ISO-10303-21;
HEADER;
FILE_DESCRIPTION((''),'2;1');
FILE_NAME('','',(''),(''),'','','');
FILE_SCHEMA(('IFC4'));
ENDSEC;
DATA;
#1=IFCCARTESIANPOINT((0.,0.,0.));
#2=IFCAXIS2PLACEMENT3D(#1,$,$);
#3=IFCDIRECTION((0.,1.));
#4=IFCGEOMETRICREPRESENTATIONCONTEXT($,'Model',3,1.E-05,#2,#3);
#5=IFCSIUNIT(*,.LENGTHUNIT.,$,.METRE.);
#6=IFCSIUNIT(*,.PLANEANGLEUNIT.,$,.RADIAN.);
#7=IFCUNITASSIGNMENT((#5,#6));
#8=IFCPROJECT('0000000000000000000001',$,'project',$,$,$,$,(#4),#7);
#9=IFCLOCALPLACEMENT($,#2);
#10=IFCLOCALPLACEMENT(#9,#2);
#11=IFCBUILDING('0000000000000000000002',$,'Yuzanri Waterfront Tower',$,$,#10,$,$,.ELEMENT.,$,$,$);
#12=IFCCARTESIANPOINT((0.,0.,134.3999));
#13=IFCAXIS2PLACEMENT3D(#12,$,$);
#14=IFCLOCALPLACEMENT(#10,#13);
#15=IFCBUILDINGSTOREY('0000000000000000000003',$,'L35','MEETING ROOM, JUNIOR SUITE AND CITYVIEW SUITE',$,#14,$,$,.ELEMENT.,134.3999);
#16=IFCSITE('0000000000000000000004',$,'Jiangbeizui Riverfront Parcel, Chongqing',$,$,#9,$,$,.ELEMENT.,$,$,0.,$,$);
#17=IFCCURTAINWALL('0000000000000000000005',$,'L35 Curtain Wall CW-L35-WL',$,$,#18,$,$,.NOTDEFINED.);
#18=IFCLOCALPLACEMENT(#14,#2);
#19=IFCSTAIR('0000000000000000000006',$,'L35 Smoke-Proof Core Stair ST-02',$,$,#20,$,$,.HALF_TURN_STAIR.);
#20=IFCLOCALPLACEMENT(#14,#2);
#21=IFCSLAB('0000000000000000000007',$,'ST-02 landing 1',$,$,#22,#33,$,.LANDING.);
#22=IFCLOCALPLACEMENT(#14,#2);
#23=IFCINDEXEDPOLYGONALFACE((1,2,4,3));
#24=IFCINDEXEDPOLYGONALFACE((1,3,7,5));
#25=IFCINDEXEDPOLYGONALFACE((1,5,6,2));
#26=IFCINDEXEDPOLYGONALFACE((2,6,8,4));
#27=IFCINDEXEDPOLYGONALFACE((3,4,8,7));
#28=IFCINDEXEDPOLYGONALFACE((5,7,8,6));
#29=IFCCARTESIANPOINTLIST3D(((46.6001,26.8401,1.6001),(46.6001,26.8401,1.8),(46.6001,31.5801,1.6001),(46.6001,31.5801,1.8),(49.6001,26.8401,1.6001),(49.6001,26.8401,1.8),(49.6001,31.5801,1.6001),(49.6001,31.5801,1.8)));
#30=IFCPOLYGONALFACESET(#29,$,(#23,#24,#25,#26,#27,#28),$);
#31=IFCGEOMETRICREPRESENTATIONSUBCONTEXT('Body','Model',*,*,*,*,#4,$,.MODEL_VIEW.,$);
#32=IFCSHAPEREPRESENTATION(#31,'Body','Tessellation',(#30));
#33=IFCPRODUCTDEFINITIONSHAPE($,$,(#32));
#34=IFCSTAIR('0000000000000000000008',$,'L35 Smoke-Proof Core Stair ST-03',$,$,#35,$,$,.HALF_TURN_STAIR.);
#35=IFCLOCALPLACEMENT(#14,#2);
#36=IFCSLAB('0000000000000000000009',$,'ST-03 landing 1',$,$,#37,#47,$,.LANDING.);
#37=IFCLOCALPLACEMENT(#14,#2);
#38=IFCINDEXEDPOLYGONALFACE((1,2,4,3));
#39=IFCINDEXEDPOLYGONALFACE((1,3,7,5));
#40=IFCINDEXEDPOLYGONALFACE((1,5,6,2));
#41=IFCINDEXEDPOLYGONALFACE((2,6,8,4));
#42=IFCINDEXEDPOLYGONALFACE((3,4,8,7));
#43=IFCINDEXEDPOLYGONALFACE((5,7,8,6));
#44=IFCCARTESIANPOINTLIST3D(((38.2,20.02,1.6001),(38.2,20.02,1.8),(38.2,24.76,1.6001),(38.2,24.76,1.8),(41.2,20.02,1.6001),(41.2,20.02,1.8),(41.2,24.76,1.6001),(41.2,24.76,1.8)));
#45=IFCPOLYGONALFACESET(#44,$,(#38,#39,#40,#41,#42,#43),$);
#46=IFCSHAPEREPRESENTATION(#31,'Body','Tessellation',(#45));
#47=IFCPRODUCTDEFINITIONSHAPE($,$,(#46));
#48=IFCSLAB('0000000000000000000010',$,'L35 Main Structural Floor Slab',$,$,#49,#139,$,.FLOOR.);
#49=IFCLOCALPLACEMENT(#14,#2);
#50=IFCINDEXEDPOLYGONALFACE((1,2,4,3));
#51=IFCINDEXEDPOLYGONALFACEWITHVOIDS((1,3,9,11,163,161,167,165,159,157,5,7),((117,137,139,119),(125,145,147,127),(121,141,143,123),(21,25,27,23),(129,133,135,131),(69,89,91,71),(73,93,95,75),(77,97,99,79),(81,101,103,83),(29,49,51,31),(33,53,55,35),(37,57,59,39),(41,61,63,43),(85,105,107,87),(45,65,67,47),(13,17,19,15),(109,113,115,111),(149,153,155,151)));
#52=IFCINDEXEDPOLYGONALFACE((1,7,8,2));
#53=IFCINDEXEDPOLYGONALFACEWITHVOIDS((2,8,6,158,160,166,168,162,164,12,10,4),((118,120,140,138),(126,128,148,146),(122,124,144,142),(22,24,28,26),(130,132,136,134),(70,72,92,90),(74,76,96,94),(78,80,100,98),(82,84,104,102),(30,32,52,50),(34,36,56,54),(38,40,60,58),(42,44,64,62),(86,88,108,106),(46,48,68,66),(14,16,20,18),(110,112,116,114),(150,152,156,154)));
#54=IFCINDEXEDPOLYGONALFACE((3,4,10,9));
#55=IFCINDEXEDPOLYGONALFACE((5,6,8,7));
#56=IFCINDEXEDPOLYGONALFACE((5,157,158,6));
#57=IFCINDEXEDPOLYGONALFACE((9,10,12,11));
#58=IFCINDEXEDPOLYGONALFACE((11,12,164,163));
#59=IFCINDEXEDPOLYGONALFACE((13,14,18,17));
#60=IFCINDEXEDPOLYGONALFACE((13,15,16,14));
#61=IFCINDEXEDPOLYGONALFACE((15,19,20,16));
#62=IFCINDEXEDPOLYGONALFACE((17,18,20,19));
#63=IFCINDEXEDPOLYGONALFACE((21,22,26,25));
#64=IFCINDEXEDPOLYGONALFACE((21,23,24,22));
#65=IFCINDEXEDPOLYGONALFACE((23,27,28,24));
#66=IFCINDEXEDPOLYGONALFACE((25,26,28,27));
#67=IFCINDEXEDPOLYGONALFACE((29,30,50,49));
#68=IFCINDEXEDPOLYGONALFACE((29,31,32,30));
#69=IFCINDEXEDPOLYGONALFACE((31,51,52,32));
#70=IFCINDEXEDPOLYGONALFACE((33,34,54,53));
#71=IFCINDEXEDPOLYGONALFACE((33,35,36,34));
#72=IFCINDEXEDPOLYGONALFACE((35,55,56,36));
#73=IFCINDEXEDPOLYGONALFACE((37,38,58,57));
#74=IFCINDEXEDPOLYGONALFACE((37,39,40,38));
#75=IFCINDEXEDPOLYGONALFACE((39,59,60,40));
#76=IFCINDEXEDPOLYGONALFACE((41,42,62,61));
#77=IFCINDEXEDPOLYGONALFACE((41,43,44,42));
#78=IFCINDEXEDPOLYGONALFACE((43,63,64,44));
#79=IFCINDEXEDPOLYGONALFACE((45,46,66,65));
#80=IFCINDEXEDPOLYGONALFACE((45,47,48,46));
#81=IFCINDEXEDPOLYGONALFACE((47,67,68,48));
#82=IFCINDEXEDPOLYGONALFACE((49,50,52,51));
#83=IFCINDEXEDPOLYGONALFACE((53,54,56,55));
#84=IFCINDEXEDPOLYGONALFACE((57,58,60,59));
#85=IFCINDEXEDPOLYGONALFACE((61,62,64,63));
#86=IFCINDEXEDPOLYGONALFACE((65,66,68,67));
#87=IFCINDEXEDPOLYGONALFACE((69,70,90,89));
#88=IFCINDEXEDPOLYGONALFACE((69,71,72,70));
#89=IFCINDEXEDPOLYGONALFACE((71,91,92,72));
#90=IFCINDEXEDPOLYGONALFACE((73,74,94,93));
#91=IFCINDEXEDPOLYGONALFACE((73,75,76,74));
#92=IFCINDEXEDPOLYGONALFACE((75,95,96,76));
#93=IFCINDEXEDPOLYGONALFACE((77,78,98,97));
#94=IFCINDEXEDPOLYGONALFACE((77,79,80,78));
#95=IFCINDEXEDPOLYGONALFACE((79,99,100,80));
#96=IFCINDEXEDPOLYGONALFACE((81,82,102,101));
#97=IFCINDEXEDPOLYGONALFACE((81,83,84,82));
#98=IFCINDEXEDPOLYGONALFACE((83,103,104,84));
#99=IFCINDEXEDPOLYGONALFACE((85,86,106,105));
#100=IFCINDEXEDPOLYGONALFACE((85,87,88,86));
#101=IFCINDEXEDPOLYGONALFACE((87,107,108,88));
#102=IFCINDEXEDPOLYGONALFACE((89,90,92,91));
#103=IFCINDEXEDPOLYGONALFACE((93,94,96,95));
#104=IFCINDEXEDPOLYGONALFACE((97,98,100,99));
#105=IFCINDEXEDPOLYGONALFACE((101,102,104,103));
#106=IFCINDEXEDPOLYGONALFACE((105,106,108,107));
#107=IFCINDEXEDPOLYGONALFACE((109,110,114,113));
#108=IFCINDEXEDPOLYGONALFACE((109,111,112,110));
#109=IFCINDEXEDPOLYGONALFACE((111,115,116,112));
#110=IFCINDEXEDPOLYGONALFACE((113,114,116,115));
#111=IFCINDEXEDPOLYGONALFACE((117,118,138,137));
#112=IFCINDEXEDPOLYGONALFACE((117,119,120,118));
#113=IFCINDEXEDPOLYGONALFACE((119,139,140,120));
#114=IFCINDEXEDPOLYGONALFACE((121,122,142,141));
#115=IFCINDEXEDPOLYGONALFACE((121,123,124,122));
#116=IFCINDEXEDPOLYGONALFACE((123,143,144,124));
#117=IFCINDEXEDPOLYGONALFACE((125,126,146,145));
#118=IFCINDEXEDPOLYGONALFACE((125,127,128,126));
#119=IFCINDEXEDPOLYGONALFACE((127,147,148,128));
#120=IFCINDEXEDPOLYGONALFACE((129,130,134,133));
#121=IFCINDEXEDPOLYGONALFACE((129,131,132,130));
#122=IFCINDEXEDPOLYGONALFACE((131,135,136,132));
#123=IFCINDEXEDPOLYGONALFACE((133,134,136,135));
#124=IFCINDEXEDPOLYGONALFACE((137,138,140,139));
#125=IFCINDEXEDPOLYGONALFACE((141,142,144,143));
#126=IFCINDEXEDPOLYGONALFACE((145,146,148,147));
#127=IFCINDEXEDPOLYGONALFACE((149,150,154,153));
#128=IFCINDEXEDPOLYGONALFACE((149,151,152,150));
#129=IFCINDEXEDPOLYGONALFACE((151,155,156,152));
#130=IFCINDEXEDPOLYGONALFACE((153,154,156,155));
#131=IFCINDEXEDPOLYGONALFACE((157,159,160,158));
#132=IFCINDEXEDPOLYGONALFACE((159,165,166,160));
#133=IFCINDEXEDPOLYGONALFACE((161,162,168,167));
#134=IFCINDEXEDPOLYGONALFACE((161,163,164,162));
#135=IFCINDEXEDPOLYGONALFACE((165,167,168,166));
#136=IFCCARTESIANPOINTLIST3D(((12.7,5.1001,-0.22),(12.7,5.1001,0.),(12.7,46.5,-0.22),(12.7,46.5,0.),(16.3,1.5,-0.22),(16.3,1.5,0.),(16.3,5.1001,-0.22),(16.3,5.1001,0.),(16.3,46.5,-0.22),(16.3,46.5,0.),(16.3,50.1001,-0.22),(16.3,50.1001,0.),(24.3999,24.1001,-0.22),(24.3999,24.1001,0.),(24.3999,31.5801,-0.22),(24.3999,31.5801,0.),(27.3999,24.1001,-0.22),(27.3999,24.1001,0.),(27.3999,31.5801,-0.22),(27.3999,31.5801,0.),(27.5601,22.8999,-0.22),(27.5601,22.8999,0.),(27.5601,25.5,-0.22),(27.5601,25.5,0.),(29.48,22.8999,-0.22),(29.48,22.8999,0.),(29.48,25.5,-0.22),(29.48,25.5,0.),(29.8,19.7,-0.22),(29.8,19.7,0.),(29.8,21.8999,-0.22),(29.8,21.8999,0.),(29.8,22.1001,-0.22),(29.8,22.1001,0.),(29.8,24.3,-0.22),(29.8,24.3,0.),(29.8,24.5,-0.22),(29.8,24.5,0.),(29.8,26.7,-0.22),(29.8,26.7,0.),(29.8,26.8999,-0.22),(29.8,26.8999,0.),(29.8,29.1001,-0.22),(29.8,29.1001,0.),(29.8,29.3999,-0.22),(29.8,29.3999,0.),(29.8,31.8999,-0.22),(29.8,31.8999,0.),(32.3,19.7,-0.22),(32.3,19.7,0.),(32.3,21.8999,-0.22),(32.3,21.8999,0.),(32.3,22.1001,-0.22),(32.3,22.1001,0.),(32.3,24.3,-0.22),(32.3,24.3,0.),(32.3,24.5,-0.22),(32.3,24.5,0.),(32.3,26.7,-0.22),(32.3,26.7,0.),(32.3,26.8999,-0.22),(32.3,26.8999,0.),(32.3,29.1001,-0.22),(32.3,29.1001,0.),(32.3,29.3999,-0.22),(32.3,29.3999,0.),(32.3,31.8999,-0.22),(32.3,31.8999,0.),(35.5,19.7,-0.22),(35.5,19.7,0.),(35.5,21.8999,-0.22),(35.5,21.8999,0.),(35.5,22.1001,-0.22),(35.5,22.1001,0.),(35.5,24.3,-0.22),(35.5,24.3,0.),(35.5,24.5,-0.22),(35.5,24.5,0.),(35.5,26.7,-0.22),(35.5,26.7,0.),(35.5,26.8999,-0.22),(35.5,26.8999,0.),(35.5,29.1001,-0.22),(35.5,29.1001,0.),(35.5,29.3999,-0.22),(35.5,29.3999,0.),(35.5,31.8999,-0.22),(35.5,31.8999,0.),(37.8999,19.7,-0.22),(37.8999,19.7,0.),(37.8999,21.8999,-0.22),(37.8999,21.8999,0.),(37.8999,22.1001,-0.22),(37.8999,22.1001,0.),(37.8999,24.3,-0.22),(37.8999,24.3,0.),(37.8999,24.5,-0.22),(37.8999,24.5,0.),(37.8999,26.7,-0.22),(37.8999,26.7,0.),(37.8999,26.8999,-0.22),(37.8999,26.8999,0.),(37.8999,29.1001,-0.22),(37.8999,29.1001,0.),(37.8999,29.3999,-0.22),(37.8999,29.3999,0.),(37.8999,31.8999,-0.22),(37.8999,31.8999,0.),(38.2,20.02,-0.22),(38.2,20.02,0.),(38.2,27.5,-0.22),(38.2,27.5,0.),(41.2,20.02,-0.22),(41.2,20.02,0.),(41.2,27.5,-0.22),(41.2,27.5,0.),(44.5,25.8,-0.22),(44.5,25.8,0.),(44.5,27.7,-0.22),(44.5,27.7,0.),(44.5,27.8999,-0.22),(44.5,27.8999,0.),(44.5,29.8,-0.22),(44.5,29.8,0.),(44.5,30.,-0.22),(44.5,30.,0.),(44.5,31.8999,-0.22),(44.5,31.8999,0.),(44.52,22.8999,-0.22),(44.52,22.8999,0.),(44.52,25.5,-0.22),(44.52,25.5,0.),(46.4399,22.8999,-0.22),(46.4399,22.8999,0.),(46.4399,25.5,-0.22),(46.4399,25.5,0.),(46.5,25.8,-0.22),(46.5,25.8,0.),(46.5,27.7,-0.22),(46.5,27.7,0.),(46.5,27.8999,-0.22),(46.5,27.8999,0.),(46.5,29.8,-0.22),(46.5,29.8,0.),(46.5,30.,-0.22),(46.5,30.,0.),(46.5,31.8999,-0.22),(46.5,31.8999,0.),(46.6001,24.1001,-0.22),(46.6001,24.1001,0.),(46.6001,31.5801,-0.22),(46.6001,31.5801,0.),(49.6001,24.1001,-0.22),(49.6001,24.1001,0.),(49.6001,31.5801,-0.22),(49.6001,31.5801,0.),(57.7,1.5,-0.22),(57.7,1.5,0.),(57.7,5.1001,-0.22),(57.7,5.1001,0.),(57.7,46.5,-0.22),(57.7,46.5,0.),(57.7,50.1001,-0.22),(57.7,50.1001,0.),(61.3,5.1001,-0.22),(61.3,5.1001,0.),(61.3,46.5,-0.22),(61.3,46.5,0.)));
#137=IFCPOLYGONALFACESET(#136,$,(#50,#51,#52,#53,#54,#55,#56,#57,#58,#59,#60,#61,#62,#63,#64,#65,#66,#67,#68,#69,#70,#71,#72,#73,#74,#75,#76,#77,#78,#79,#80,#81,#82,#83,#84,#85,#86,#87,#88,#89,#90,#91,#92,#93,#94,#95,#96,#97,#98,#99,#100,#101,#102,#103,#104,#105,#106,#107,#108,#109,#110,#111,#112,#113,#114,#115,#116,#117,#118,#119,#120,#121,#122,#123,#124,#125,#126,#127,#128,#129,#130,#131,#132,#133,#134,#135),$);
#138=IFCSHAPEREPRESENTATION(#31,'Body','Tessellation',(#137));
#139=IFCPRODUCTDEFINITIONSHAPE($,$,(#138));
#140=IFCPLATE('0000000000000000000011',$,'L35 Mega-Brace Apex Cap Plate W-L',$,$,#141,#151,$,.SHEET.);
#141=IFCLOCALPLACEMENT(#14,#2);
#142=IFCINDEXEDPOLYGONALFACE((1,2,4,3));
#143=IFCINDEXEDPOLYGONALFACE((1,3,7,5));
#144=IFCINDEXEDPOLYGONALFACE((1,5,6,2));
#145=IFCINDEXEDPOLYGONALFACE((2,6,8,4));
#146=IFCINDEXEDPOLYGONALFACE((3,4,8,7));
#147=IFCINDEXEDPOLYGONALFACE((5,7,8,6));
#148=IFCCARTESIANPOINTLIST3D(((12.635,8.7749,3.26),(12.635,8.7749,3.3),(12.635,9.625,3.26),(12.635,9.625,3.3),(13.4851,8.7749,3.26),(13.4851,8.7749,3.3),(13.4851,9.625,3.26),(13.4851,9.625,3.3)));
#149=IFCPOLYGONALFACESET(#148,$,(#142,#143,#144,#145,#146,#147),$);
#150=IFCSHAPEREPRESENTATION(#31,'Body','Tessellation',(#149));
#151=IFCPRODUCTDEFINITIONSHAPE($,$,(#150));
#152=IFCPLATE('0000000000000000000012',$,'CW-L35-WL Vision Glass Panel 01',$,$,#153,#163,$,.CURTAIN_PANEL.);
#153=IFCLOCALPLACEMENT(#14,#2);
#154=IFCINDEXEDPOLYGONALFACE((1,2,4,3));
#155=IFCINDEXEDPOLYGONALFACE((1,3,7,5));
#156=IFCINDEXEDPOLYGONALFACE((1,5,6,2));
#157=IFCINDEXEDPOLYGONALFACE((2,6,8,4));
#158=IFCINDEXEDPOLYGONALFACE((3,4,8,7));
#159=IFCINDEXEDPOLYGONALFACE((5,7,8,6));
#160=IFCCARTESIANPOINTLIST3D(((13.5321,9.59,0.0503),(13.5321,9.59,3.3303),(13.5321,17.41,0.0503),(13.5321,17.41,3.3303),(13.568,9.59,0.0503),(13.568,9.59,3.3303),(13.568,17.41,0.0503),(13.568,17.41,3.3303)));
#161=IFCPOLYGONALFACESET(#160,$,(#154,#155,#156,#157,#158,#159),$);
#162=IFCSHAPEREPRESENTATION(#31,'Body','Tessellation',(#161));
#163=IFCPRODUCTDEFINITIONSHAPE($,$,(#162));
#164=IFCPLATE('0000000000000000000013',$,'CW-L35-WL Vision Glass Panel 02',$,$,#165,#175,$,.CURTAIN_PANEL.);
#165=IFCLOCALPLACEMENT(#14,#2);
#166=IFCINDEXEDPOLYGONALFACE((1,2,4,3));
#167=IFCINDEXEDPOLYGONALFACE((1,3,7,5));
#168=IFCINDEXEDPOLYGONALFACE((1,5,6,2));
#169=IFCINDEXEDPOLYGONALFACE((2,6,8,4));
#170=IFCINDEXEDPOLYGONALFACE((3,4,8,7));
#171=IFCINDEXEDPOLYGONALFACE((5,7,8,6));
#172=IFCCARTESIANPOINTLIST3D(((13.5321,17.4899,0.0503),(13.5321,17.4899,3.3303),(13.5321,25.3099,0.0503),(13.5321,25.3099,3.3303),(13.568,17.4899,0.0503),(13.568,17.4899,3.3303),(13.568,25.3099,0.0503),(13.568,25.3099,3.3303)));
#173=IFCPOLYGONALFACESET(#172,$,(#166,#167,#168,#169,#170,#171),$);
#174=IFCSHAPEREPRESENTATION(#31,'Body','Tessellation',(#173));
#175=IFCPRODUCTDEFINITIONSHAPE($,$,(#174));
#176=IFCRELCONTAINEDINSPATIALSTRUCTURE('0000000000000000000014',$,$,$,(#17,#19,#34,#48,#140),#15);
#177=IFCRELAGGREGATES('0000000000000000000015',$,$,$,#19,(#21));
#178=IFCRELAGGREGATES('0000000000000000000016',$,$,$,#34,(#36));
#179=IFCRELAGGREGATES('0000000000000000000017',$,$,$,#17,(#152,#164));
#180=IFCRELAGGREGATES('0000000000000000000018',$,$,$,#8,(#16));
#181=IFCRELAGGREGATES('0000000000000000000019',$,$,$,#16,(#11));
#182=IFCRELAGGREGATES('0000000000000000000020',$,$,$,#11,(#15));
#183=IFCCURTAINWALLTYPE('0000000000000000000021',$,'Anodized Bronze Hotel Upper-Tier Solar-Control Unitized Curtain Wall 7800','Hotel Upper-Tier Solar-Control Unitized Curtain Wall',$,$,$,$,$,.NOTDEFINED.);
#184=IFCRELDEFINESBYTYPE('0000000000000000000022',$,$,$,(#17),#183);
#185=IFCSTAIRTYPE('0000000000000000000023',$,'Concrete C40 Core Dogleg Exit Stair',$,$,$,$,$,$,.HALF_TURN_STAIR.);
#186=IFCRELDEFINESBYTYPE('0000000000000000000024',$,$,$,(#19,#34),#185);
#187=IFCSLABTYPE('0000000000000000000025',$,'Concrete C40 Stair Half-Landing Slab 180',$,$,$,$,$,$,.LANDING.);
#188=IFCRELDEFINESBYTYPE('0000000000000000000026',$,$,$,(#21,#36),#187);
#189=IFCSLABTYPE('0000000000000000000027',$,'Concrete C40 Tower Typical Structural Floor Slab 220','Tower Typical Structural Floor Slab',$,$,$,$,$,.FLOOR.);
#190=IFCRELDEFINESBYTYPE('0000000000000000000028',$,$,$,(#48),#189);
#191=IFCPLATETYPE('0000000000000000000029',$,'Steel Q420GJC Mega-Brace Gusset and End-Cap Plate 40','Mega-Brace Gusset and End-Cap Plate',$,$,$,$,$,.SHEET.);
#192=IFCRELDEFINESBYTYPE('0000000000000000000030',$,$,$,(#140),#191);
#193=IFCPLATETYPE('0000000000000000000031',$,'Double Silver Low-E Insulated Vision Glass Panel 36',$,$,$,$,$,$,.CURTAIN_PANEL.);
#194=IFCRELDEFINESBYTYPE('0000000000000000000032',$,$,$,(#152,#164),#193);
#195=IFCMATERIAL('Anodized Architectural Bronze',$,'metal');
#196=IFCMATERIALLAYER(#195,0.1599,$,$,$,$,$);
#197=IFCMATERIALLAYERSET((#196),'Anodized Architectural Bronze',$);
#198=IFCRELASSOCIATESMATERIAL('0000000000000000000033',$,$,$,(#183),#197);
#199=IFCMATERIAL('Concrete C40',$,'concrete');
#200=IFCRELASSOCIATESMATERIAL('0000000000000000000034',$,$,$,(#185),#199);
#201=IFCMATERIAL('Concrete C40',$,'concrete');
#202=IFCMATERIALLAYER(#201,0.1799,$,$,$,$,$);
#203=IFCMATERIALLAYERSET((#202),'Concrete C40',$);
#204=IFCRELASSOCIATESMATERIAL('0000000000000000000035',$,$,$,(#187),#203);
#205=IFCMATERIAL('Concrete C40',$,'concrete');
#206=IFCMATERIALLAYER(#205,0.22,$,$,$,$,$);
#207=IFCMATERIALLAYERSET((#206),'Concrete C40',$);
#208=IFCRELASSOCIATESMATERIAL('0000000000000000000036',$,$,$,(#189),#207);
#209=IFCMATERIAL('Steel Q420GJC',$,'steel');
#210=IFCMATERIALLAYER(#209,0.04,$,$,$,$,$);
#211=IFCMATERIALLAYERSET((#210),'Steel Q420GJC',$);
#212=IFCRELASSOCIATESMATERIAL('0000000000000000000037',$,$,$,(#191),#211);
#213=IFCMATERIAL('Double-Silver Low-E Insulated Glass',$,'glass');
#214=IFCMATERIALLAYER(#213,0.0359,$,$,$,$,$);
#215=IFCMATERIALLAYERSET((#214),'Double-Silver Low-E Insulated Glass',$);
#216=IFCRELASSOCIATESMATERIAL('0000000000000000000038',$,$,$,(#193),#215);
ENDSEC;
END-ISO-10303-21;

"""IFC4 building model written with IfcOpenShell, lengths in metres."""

from ifc_helpers import new_model, si_unit, direction, frame, origin, origin_2d, place, context, subcontext, project, spatial, polyline, rectangle, outline, extrude, source, transform, mapped, material, layer, layer_set, type_object, element, aggregate, save


model = new_model("IFC4")

# Units and contexts
model_context = context("Model", 3, precision=1e-05, world=origin(), true_north=direction((0.0, 1.0)))
body_context = subcontext(model_context, "Body", "Model", "MODEL_VIEW")
ifc_project = project(units=[si_unit("LENGTHUNIT", "METRE"), si_unit("PLANEANGLEUNIT", "RADIAN")], contexts=[model_context])

# Site, building, storey
site_placement = place(None, origin())
site = spatial("IfcSite", under=ifc_project, at=site_placement, Name="Jiangbeizui Riverfront Parcel, Chongqing", CompositionType="ELEMENT", RefElevation=0.0)
building_placement = place(site_placement, origin())
building = spatial("IfcBuilding", under=site, at=building_placement, Name="Yuzanri Waterfront Tower", CompositionType="ELEMENT")
storey_placement = place(building_placement, frame((0.0, 0.0, 134.3999)))
storey = spatial("IfcBuildingStorey", under=building, at=storey_placement, Name="L35", Description="MEETING ROOM, JUNIOR SUITE AND CITYVIEW SUITE", CompositionType="ELEMENT", Elevation=134.3999)

# Curtain wall
ifc_material_1 = material(Name="Anodized Architectural Bronze", Category="metal")
ifc_layer_1 = layer(ifc_material_1, 0.1599)
ifc_layer_set_1 = layer_set([ifc_layer_1], Name="Anodized Architectural Bronze")
curtain_wall_type = type_object("IfcCurtainWallType", Name="Anodized Bronze Hotel Upper-Tier Solar-Control Unitized Curtain Wall 7800", Description="Hotel Upper-Tier Solar-Control Unitized Curtain Wall", PredefinedType="NOTDEFINED", material=ifc_layer_set_1)
curtain_wall_placement = place(storey_placement, origin())
curtain_wall = element("IfcCurtainWall", 1, at=curtain_wall_placement, inside=storey, type_object=curtain_wall_type, Name="L35 Curtain Wall CW-L35-WL", PredefinedType="NOTDEFINED")

# Stairs, slabs
ifc_material_2 = material(Name="Concrete C40", Category="concrete")
stair_type = type_object("IfcStairType", Name="Concrete C40 Core Dogleg Exit Stair", PredefinedType="HALF_TURN_STAIR", material=ifc_material_2)
ifc_material_3 = material(Name="Concrete C40", Category="concrete")
ifc_layer_2 = layer(ifc_material_3, 0.1799)
ifc_layer_set_2 = layer_set([ifc_layer_2], Name="Concrete C40")
slab_type_1 = type_object("IfcSlabType", Name="Concrete C40 Stair Half-Landing Slab 180", PredefinedType="LANDING", material=ifc_layer_set_2)
stair_1_placement = place(storey_placement, origin())
stair_1 = element("IfcStair", 2, at=stair_1_placement, inside=storey, type_object=stair_type, Name="L35 Smoke-Proof Core Stair ST-02", PredefinedType="HALF_TURN_STAIR")
slab_1_placement = place(storey_placement, frame((0.0, 0.0, 1.6001)))
slab_1 = element("IfcSlab", 3, at=slab_1_placement, type_object=slab_type_1, Name="ST-02 landing 1", PredefinedType="LANDING", context=body_context, shape_type="SweptSolid", body=[
    extrude(outline(polyline([(49.6001, 26.8401), (49.6001, 31.5801), (46.6001, 31.5801), (46.6001, 26.8401), (49.6001, 26.8401)])), origin(), (0.0, 0.0, 1.0), 0.2),
])
aggregate(stair_1, [slab_1])
stair_2_placement = place(storey_placement, origin())
stair_2 = element("IfcStair", 4, at=stair_2_placement, inside=storey, type_object=stair_type, Name="L35 Smoke-Proof Core Stair ST-03", PredefinedType="HALF_TURN_STAIR")
slab_2_placement = place(storey_placement, frame((0.0, 0.0, 1.6001)))
slab_2 = element("IfcSlab", 5, at=slab_2_placement, type_object=slab_type_1, Name="ST-03 landing 1", PredefinedType="LANDING", context=body_context, shape_type="SweptSolid", body=[
    extrude(outline(polyline([(38.2, 24.76), (38.2, 20.02), (41.2, 20.02), (41.2, 24.76), (38.2, 24.76)])), origin(), (0.0, 0.0, 1.0), 0.2),
])
aggregate(stair_2, [slab_2])

# Slab
ifc_material_4 = material(Name="Concrete C40", Category="concrete")
ifc_layer_3 = layer(ifc_material_4, 0.22)
ifc_layer_set_3 = layer_set([ifc_layer_3], Name="Concrete C40")
slab_type_2 = type_object("IfcSlabType", Name="Concrete C40 Tower Typical Structural Floor Slab 220", Description="Tower Typical Structural Floor Slab", PredefinedType="FLOOR", material=ifc_layer_set_3)
slab_3_placement = place(storey_placement, frame((0.0, 0.0, -0.22)))
element("IfcSlab", 6, at=slab_3_placement, inside=storey, type_object=slab_type_2, Name="L35 Main Structural Floor Slab", PredefinedType="FLOOR", context=body_context, shape_type="SweptSolid", body=[
    extrude(outline(polyline([(16.3, 1.5), (57.7, 1.5), (57.7, 5.1001), (61.3, 5.1001), (61.3, 46.5), (57.7, 46.5), (57.7, 50.1001), (16.3, 50.1001), (16.3, 46.5), (12.7, 46.5), (12.7, 5.1001), (16.3, 5.1001), (16.3, 1.5)]), holes=[polyline([(27.3999, 24.1001), (27.3999, 31.5801), (24.3999, 31.5801), (24.3999, 24.1001), (27.3999, 24.1001)]), polyline([(49.6001, 24.1001), (49.6001, 31.5801), (46.6001, 31.5801), (46.6001, 24.1001), (49.6001, 24.1001)]), polyline([(38.2, 27.5), (38.2, 20.02), (41.2, 20.02), (41.2, 27.5), (38.2, 27.5)]), polyline([(27.5601, 22.8999), (29.48, 22.8999), (29.48, 25.5), (27.5601, 25.5), (27.5601, 22.8999)]), polyline([(44.52, 22.8999), (46.4399, 22.8999), (46.4399, 25.5), (44.52, 25.5), (44.52, 22.8999)]), polyline([(29.8, 19.7), (32.3, 19.7), (32.3, 21.8999), (29.8, 21.8999), (29.8, 19.7)]), polyline([(29.8, 22.1001), (32.3, 22.1001), (32.3, 24.3), (29.8, 24.3), (29.8, 22.1001)]), polyline([(29.8, 24.5), (32.3, 24.5), (32.3, 26.7), (29.8, 26.7), (29.8, 24.5)]), polyline([(29.8, 26.8999), (32.3, 26.8999), (32.3, 29.1001), (29.8, 29.1001), (29.8, 26.8999)]), polyline([(29.8, 29.3999), (32.3, 29.3999), (32.3, 31.8999), (29.8, 31.8999), (29.8, 29.3999)]), polyline([(35.5, 19.7), (37.8999, 19.7), (37.8999, 21.8999), (35.5, 21.8999), (35.5, 19.7)]), polyline([(35.5, 22.1001), (37.8999, 22.1001), (37.8999, 24.3), (35.5, 24.3), (35.5, 22.1001)]), polyline([(35.5, 24.5), (37.8999, 24.5), (37.8999, 26.7), (35.5, 26.7), (35.5, 24.5)]), polyline([(35.5, 26.8999), (37.8999, 26.8999), (37.8999, 29.1001), (35.5, 29.1001), (35.5, 26.8999)]), polyline([(35.5, 29.3999), (37.8999, 29.3999), (37.8999, 31.8999), (35.5, 31.8999), (35.5, 29.3999)]), polyline([(44.5, 25.8), (46.5, 25.8), (46.5, 27.7), (44.5, 27.7), (44.5, 25.8)]), polyline([(44.5, 27.8999), (46.5, 27.8999), (46.5, 29.8), (44.5, 29.8), (44.5, 27.8999)]), polyline([(44.5, 30.0), (46.5, 30.0), (46.5, 31.8999), (44.5, 31.8999), (44.5, 30.0)])]), origin(), (0.0, 0.0, 1.0), 0.22),
])

# Plates
ifc_material_5 = material(Name="Steel Q420GJC", Category="steel")
ifc_layer_4 = layer(ifc_material_5, 0.04)
ifc_layer_set_4 = layer_set([ifc_layer_4], Name="Steel Q420GJC")
plate_type_1 = type_object("IfcPlateType", Name="Steel Q420GJC Mega-Brace Gusset and End-Cap Plate 40", Description="Mega-Brace Gusset and End-Cap Plate", PredefinedType="SHEET", material=ifc_layer_set_4)
shared_shape_1 = source(origin(), body_context, "Body", "SweptSolid", [
    extrude(rectangle(XDim=0.8501, YDim=0.8501, at=origin_2d()), origin(), (0.0, 0.0, 1.0), 0.04),
])
plate_1_placement = place(storey_placement, frame((13.0601, 9.2, 3.26), z_axis=(0.0, 0.0, 1.0), x_axis=(1.0, 0.0, 0.0)))
element("IfcPlate", 7, at=plate_1_placement, inside=storey, type_object=plate_type_1, Name="L35 Mega-Brace Apex Cap Plate W-L", PredefinedType="SHEET", context=body_context, shape_type="MappedRepresentation", body=[
    mapped(shared_shape_1, transform((0.0, 0.0, 0.0), scale=1.0)),
])
ifc_material_6 = material(Name="Double-Silver Low-E Insulated Glass", Category="glass")
ifc_layer_5 = layer(ifc_material_6, 0.0359)
ifc_layer_set_5 = layer_set([ifc_layer_5], Name="Double-Silver Low-E Insulated Glass")
plate_type_2 = type_object("IfcPlateType", Name="Double Silver Low-E Insulated Vision Glass Panel 36", PredefinedType="CURTAIN_PANEL", material=ifc_layer_set_5)
shared_shape_2 = source(origin(), body_context, "Body", "SweptSolid", [
    extrude(rectangle(XDim=7.8201, YDim=0.0359, at=origin_2d()), origin(), (0.0, 0.0, 1.0), 3.28),
])
plate_2_placement = place(storey_placement, frame((13.55, 13.5, 0.0503), z_axis=(0.0, 0.0, 1.0), x_axis=(0.0, 1.0, 0.0)))
plate_2 = element("IfcPlate", 8, at=plate_2_placement, type_object=plate_type_2, Name="CW-L35-WL Vision Glass Panel 01", PredefinedType="CURTAIN_PANEL", context=body_context, shape_type="MappedRepresentation", body=[
    mapped(shared_shape_2, transform((0.0, 0.0, 0.0), scale=1.0)),
])
plate_3_placement = place(storey_placement, frame((13.55, 21.3999, 0.0503), z_axis=(0.0, 0.0, 1.0), x_axis=(0.0, 1.0, 0.0)))
plate_3 = element("IfcPlate", 9, at=plate_3_placement, type_object=plate_type_2, Name="CW-L35-WL Vision Glass Panel 02", PredefinedType="CURTAIN_PANEL", context=body_context, shape_type="MappedRepresentation", body=[
    mapped(shared_shape_2, transform((0.0, 0.0, 0.0), scale=1.0)),
])
aggregate(curtain_wall, [plate_2, plate_3])

save(model, "model.ifc")
